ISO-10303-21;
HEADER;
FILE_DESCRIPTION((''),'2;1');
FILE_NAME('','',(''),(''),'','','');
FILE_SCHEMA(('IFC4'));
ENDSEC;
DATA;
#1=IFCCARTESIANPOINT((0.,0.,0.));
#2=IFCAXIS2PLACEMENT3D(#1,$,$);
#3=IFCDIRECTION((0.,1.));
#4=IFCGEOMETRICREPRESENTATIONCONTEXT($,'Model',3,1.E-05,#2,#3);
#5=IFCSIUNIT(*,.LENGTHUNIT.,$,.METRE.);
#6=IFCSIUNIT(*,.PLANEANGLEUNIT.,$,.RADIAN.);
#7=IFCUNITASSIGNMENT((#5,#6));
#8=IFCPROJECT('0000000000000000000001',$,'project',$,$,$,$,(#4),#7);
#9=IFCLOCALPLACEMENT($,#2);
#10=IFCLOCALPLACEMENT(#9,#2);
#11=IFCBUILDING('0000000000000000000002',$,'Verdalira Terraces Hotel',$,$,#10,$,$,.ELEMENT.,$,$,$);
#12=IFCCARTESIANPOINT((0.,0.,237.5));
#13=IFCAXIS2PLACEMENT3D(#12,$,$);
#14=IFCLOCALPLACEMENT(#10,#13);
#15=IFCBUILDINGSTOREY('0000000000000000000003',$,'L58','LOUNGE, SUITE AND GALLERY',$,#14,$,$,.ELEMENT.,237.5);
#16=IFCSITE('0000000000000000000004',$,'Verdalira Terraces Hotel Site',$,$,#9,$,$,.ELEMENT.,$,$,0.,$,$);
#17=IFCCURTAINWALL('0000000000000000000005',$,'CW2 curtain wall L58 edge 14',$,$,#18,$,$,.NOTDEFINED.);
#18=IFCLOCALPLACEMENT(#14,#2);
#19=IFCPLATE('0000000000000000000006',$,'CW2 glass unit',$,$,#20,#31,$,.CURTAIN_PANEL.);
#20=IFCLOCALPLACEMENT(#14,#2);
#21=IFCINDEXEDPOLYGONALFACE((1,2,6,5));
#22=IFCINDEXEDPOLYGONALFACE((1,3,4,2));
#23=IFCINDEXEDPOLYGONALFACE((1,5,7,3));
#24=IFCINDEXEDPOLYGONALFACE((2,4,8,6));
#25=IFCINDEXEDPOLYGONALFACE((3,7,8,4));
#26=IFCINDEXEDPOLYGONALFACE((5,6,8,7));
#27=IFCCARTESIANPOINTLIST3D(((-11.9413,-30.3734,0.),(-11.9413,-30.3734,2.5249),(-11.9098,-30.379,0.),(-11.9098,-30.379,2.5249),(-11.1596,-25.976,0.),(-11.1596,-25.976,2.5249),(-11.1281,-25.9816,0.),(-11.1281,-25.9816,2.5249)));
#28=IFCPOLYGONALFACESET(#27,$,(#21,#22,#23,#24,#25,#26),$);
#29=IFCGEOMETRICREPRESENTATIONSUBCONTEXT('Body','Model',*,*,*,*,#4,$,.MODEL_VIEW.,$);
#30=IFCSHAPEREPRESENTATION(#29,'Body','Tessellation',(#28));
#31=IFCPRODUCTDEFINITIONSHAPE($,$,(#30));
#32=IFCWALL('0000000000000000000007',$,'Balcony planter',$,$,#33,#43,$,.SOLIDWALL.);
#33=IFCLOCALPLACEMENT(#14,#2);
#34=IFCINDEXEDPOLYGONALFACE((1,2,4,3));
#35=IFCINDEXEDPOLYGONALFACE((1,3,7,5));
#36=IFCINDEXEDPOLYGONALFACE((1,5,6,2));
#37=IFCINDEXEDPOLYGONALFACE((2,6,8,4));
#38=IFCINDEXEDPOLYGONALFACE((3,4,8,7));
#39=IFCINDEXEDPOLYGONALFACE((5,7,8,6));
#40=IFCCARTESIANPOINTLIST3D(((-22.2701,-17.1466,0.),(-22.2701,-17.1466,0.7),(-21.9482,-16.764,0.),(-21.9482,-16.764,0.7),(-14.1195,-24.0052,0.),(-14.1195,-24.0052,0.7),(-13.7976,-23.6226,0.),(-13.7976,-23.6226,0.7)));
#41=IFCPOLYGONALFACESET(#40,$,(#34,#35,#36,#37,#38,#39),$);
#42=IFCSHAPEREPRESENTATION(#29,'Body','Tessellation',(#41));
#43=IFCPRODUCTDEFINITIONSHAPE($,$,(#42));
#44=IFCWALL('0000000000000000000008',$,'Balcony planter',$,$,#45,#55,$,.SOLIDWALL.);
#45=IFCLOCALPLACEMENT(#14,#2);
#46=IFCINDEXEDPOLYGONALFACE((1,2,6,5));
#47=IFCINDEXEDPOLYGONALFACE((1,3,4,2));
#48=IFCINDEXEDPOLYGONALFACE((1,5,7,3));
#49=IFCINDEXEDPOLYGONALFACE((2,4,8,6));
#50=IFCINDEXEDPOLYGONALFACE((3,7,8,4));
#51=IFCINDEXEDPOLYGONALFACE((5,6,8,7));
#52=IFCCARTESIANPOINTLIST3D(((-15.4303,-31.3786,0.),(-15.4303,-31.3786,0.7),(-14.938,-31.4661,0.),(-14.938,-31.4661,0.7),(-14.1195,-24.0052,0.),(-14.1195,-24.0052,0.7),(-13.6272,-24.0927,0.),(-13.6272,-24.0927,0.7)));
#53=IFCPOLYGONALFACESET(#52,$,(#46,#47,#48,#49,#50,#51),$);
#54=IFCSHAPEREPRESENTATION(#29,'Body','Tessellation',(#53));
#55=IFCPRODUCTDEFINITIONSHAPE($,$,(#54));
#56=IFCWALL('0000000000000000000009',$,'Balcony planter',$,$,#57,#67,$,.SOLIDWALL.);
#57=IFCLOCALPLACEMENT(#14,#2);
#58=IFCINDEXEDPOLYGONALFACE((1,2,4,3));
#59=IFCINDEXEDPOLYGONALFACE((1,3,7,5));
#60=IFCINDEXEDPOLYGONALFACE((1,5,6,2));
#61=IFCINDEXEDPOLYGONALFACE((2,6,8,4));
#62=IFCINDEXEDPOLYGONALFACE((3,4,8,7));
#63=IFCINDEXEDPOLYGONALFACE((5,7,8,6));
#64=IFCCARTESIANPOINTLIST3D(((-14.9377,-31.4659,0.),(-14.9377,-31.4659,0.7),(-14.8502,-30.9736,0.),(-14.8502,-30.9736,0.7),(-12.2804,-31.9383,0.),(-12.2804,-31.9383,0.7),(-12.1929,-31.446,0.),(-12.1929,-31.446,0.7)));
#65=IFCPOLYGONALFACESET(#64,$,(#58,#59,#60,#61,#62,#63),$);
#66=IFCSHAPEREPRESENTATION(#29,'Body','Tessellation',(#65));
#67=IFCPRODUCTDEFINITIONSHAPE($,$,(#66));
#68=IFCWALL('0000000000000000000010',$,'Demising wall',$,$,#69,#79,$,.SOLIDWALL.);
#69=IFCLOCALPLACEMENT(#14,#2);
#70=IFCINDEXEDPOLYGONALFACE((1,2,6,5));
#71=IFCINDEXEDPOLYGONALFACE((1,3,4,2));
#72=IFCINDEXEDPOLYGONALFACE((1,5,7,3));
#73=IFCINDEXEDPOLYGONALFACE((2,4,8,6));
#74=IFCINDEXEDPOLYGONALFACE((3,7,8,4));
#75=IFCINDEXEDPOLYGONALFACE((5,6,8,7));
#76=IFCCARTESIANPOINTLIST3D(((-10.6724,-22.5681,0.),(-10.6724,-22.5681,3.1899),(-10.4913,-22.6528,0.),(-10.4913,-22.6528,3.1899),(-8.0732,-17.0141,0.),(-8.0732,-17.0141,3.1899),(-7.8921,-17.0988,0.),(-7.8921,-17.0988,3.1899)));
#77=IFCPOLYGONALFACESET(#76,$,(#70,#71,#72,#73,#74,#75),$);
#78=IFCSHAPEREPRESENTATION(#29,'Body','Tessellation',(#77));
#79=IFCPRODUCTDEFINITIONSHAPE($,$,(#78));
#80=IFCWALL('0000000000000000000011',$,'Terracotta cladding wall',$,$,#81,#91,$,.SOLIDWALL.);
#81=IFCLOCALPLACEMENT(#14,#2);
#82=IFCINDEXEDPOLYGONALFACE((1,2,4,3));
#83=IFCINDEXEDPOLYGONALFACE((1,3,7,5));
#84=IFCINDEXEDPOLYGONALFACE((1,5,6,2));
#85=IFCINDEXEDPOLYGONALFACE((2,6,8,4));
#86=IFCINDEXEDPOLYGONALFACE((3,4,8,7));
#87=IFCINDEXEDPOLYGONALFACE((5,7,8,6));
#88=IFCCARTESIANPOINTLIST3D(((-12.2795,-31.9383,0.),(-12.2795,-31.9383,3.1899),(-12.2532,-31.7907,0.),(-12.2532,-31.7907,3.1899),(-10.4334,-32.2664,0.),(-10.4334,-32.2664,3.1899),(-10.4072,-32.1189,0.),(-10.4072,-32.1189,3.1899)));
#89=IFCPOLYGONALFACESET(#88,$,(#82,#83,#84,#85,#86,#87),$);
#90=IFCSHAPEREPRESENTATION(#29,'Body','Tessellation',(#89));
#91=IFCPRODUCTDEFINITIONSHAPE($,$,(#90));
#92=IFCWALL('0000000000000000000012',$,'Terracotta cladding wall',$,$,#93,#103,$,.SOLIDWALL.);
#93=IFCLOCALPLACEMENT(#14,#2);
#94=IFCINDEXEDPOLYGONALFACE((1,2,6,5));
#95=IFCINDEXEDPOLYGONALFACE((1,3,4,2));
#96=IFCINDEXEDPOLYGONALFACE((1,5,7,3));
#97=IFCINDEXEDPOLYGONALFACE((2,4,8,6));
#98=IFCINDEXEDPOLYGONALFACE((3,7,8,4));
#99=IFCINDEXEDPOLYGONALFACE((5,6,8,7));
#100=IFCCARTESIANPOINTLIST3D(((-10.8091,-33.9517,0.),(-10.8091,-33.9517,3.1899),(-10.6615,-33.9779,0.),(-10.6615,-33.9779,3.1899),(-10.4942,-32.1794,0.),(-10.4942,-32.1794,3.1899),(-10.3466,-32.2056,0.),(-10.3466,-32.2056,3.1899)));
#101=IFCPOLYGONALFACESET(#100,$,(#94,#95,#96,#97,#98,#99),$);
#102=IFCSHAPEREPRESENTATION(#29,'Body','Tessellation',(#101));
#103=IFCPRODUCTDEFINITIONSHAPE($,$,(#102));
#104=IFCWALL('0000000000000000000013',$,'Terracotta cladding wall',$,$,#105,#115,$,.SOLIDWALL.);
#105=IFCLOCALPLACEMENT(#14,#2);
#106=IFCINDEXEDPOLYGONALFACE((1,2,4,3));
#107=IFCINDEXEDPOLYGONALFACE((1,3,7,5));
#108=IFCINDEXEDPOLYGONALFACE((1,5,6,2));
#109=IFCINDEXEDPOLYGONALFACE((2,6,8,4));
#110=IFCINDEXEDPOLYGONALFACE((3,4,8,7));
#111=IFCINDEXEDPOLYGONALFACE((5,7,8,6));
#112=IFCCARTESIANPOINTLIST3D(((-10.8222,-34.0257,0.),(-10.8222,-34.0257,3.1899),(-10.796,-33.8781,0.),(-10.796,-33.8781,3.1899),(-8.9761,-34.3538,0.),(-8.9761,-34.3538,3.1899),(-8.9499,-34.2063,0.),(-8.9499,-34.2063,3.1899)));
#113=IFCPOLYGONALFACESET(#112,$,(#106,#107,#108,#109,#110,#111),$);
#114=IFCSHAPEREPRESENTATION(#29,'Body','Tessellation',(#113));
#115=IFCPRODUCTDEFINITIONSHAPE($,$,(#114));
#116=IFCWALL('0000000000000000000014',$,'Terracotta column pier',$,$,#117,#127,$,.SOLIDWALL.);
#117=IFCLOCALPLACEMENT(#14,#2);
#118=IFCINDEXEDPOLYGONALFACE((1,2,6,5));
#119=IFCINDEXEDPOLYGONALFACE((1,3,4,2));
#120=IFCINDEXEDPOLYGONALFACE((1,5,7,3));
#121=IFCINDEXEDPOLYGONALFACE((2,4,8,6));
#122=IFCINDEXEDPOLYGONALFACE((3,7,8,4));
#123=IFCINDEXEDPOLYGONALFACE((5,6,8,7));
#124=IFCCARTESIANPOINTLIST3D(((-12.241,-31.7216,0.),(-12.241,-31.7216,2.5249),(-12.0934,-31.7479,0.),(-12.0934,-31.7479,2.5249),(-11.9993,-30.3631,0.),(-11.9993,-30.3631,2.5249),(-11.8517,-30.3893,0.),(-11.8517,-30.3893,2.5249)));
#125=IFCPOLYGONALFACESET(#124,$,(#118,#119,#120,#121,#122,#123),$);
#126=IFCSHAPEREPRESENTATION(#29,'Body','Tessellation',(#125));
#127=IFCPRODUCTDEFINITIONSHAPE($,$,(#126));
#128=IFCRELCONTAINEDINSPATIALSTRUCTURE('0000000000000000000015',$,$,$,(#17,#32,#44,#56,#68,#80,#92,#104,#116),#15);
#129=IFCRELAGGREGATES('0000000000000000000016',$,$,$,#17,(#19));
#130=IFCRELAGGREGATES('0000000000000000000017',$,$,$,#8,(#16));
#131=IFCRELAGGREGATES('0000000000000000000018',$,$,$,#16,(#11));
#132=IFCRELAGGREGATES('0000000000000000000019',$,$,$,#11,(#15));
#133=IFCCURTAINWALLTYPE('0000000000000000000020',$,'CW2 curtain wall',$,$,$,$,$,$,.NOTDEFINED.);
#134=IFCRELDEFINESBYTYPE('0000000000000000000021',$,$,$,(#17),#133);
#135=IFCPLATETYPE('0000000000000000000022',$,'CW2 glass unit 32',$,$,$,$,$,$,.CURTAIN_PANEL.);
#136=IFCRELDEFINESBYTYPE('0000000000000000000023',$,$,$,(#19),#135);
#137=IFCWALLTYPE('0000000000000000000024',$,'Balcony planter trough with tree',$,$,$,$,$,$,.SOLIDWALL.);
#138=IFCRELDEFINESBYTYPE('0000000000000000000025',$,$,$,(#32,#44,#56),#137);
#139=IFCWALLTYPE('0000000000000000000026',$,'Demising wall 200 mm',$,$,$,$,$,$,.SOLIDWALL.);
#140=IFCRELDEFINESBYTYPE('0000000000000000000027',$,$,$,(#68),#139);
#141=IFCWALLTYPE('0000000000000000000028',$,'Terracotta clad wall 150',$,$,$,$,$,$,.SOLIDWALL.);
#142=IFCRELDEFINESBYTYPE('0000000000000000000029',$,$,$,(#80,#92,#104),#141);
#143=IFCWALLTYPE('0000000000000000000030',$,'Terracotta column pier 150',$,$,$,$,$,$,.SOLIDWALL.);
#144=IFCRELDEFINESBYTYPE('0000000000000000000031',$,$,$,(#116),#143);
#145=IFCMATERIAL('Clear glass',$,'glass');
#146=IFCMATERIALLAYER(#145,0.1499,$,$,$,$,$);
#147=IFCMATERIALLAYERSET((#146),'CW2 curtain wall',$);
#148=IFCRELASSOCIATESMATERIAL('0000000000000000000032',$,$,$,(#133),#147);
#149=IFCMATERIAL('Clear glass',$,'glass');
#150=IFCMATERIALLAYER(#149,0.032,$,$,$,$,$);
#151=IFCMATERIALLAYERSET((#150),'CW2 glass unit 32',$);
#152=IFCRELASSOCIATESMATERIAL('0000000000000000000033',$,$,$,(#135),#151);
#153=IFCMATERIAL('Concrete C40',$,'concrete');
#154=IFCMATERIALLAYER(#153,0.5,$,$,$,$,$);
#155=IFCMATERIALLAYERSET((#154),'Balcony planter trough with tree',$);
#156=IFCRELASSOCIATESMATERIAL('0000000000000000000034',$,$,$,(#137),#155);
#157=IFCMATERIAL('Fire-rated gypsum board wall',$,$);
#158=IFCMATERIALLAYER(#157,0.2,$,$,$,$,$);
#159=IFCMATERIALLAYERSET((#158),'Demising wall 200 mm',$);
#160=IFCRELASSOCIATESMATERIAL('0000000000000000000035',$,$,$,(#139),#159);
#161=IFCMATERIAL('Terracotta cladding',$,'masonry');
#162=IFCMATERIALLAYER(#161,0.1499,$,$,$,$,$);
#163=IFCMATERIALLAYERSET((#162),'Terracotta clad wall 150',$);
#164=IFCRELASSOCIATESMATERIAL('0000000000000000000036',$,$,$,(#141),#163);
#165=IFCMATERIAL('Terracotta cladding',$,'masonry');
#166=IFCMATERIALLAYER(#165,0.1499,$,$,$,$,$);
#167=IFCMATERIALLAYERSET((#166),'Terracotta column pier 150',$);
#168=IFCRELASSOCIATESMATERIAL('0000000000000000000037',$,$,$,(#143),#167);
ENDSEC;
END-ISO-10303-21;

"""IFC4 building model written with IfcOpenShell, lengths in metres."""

from ifc_helpers import new_model, si_unit, direction, frame, frame_2d, origin, origin_2d, place, context, subcontext, project, spatial, rectangle, extrude, material, layer, layer_set, type_object, element, aggregate, save


model = new_model("IFC4")

# Units and contexts
model_context = context("Model", 3, precision=1e-05, world=origin(), true_north=direction((0.0, 1.0)))
body_context = subcontext(model_context, "Body", "Model", "MODEL_VIEW")
ifc_project = project(units=[si_unit("LENGTHUNIT", "METRE"), si_unit("PLANEANGLEUNIT", "RADIAN")], contexts=[model_context])

# Site, building, storey
site_placement = place(None, origin())
site = spatial("IfcSite", under=ifc_project, at=site_placement, Name="Verdalira Terraces Hotel Site", CompositionType="ELEMENT", RefElevation=0.0)
building_placement = place(site_placement, origin())
building = spatial("IfcBuilding", under=site, at=building_placement, Name="Verdalira Terraces Hotel", CompositionType="ELEMENT")
storey_placement = place(building_placement, frame((0.0, 0.0, 237.5)))
storey = spatial("IfcBuildingStorey", under=building, at=storey_placement, Name="L58", Description="LOUNGE, SUITE AND GALLERY", CompositionType="ELEMENT", Elevation=237.5)

# Curtain wall
ifc_material_1 = material(Name="Clear glass", Category="glass")
ifc_layer_1 = layer(ifc_material_1, 0.1499)
ifc_layer_set_1 = layer_set([ifc_layer_1], Name="CW2 curtain wall")
curtain_wall_type_1 = type_object("IfcCurtainWallType", Name="CW2 curtain wall", PredefinedType="NOTDEFINED", material=ifc_layer_set_1)
curtain_wall_1_placement = place(storey_placement, origin())
curtain_wall_1 = element("IfcCurtainWall", 1, at=curtain_wall_1_placement, inside=storey, type_object=curtain_wall_type_1, Name="CW2 curtain wall L58 edge 14", PredefinedType="NOTDEFINED")

# Plate
ifc_material_2 = material(Name="Clear glass", Category="glass")
ifc_layer_2 = layer(ifc_material_2, 0.032)
ifc_layer_set_2 = layer_set([ifc_layer_2], Name="CW2 glass unit 32")
plate_type_1 = type_object("IfcPlateType", Name="CW2 glass unit 32", PredefinedType="CURTAIN_PANEL", material=ifc_layer_set_2)
plate_1_placement = place(storey_placement, frame((-11.5347, -28.1775, 0.0), z_axis=(0.0, 0.0, 1.0), x_axis=(-0.175023, -0.984564, 0.0)))
plate_1 = element("IfcPlate", 2, at=plate_1_placement, type_object=plate_type_1, Name="CW2 glass unit", PredefinedType="CURTAIN_PANEL", context=body_context, shape_type="SweptSolid", body=[
    extrude(rectangle(XDim=4.4663, YDim=0.032, at=origin_2d()), origin(), (0.0, 0.0, 1.0), 2.5249),
])
aggregate(curtain_wall_1, [plate_1])

# Walls
ifc_material_3 = material(Name="Concrete C40", Category="concrete")
ifc_layer_3 = layer(ifc_material_3, 0.5)
ifc_layer_set_3 = layer_set([ifc_layer_3], Name="Balcony planter trough with tree")
wall_type_1 = type_object("IfcWallType", Name="Balcony planter trough with tree", PredefinedType="SOLIDWALL", material=ifc_layer_set_3)
wall_1_placement = place(storey_placement, frame((-22.1091, -16.9553, 0.0), z_axis=(0.0, 0.0, 1.0), x_axis=(0.765145, -0.643858, 0.0)))
element("IfcWall", 3, at=wall_1_placement, inside=storey, type_object=wall_type_1, Name="Balcony planter", PredefinedType="SOLIDWALL", context=body_context, shape_type="SweptSolid", body=[
    extrude(rectangle(XDim=10.6523, YDim=0.5, at=frame_2d((5.3262, 0.0))), origin(), (0.0, 0.0, 1.0), 0.7),
])
wall_2_placement = place(storey_placement, frame((-13.8733, -24.0488, 0.0), z_axis=(0.0, 0.0, 1.0), x_axis=(-0.175031, -0.984563, 0.0)))
element("IfcWall", 4, at=wall_2_placement, inside=storey, type_object=wall_type_1, Name="Balcony planter", PredefinedType="SOLIDWALL", context=body_context, shape_type="SweptSolid", body=[
    extrude(rectangle(XDim=7.489, YDim=0.5, at=frame_2d((3.7446, 0.0))), origin(), (0.0, 0.0, 1.0), 0.7),
])
wall_3_placement = place(storey_placement, frame((-14.894, -31.2197, 0.0), z_axis=(0.0, 0.0, 1.0), x_axis=(0.984561, -0.175039, 0.0)))
element("IfcWall", 5, at=wall_3_placement, inside=storey, type_object=wall_type_1, Name="Balcony planter", PredefinedType="SOLIDWALL", context=body_context, shape_type="SweptSolid", body=[
    extrude(rectangle(XDim=2.699, YDim=0.5, at=frame_2d((1.3496, 0.0))), origin(), (0.0, 0.0, 1.0), 0.7),
])
ifc_material_4 = material(Name="Fire-rated gypsum board wall")
ifc_layer_4 = layer(ifc_material_4, 0.2)
ifc_layer_set_4 = layer_set([ifc_layer_4], Name="Demising wall 200 mm")
wall_type_2 = type_object("IfcWallType", Name="Demising wall 200 mm", PredefinedType="SOLIDWALL", material=ifc_layer_set_4)
wall_4_placement = place(storey_placement, frame((-10.5818, -22.6104, 0.0), z_axis=(0.0, 0.0, 1.0), x_axis=(0.42386, 0.905728, 0.0)))
element("IfcWall", 6, at=wall_4_placement, inside=storey, type_object=wall_type_2, Name="Demising wall", PredefinedType="SOLIDWALL", context=body_context, shape_type="SweptSolid", body=[
    extrude(rectangle(XDim=6.1321, YDim=0.2, at=frame_2d((3.0659, 0.0))), origin(), (0.0, 0.0, 1.0), 3.1899),
])
ifc_material_5 = material(Name="Terracotta cladding", Category="masonry")
ifc_layer_5 = layer(ifc_material_5, 0.1499)
ifc_layer_set_5 = layer_set([ifc_layer_5], Name="Terracotta clad wall 150")
wall_type_3 = type_object("IfcWallType", Name="Terracotta clad wall 150", PredefinedType="SOLIDWALL", material=ifc_layer_set_5)
wall_5_placement = place(storey_placement, frame((-12.2664, -31.8645, 0.0), z_axis=(0.0, 0.0, 1.0), x_axis=(0.984566, -0.175011, 0.0)))
element("IfcWall", 7, at=wall_5_placement, inside=storey, type_object=wall_type_3, Name="Terracotta cladding wall", PredefinedType="SOLIDWALL", context=body_context, shape_type="SweptSolid", body=[
    extrude(rectangle(XDim=1.875, YDim=0.1499, at=frame_2d((0.9375, 0.0))), origin(), (0.0, 0.0, 1.0), 3.1899),
])
wall_6_placement = place(storey_placement, frame((-10.4204, -32.1926, 0.0), z_axis=(0.0, 0.0, 1.0), x_axis=(-0.174969, -0.984574, 0.0)))
element("IfcWall", 8, at=wall_6_placement, inside=storey, type_object=wall_type_3, Name="Terracotta cladding wall", PredefinedType="SOLIDWALL", context=body_context, shape_type="SweptSolid", body=[
    extrude(rectangle(XDim=1.8, YDim=0.1499, at=frame_2d((0.8999, 0.0))), origin(), (0.0, 0.0, 1.0), 3.1899),
])
wall_7_placement = place(storey_placement, frame((-10.8091, -33.9519, 0.0), z_axis=(0.0, 0.0, 1.0), x_axis=(0.984566, -0.175011, 0.0)))
element("IfcWall", 9, at=wall_7_placement, inside=storey, type_object=wall_type_3, Name="Terracotta cladding wall", PredefinedType="SOLIDWALL", context=body_context, shape_type="SweptSolid", body=[
    extrude(rectangle(XDim=1.875, YDim=0.1499, at=frame_2d((0.9375, 0.0))), origin(), (0.0, 0.0, 1.0), 3.1899),
])
ifc_material_6 = material(Name="Terracotta cladding", Category="masonry")
ifc_layer_6 = layer(ifc_material_6, 0.1499)
ifc_layer_set_6 = layer_set([ifc_layer_6], Name="Terracotta column pier 150")
wall_type_4 = type_object("IfcWallType", Name="Terracotta column pier 150", PredefinedType="SOLIDWALL", material=ifc_layer_set_6)
wall_8_placement = place(storey_placement, frame((-11.9255, -30.3762, 0.0), z_axis=(0.0, 0.0, 1.0), x_axis=(-0.175148, -0.984542, 0.0)))
element("IfcWall", 10, at=wall_8_placement, inside=storey, type_object=wall_type_4, Name="Terracotta column pier", PredefinedType="SOLIDWALL", context=body_context, shape_type="SweptSolid", body=[
    extrude(rectangle(XDim=1.3799, YDim=0.1499, at=frame_2d((0.6899, 0.0))), origin(), (0.0, 0.0, 1.0), 2.5249),
])

save(model, "model.ifc")
